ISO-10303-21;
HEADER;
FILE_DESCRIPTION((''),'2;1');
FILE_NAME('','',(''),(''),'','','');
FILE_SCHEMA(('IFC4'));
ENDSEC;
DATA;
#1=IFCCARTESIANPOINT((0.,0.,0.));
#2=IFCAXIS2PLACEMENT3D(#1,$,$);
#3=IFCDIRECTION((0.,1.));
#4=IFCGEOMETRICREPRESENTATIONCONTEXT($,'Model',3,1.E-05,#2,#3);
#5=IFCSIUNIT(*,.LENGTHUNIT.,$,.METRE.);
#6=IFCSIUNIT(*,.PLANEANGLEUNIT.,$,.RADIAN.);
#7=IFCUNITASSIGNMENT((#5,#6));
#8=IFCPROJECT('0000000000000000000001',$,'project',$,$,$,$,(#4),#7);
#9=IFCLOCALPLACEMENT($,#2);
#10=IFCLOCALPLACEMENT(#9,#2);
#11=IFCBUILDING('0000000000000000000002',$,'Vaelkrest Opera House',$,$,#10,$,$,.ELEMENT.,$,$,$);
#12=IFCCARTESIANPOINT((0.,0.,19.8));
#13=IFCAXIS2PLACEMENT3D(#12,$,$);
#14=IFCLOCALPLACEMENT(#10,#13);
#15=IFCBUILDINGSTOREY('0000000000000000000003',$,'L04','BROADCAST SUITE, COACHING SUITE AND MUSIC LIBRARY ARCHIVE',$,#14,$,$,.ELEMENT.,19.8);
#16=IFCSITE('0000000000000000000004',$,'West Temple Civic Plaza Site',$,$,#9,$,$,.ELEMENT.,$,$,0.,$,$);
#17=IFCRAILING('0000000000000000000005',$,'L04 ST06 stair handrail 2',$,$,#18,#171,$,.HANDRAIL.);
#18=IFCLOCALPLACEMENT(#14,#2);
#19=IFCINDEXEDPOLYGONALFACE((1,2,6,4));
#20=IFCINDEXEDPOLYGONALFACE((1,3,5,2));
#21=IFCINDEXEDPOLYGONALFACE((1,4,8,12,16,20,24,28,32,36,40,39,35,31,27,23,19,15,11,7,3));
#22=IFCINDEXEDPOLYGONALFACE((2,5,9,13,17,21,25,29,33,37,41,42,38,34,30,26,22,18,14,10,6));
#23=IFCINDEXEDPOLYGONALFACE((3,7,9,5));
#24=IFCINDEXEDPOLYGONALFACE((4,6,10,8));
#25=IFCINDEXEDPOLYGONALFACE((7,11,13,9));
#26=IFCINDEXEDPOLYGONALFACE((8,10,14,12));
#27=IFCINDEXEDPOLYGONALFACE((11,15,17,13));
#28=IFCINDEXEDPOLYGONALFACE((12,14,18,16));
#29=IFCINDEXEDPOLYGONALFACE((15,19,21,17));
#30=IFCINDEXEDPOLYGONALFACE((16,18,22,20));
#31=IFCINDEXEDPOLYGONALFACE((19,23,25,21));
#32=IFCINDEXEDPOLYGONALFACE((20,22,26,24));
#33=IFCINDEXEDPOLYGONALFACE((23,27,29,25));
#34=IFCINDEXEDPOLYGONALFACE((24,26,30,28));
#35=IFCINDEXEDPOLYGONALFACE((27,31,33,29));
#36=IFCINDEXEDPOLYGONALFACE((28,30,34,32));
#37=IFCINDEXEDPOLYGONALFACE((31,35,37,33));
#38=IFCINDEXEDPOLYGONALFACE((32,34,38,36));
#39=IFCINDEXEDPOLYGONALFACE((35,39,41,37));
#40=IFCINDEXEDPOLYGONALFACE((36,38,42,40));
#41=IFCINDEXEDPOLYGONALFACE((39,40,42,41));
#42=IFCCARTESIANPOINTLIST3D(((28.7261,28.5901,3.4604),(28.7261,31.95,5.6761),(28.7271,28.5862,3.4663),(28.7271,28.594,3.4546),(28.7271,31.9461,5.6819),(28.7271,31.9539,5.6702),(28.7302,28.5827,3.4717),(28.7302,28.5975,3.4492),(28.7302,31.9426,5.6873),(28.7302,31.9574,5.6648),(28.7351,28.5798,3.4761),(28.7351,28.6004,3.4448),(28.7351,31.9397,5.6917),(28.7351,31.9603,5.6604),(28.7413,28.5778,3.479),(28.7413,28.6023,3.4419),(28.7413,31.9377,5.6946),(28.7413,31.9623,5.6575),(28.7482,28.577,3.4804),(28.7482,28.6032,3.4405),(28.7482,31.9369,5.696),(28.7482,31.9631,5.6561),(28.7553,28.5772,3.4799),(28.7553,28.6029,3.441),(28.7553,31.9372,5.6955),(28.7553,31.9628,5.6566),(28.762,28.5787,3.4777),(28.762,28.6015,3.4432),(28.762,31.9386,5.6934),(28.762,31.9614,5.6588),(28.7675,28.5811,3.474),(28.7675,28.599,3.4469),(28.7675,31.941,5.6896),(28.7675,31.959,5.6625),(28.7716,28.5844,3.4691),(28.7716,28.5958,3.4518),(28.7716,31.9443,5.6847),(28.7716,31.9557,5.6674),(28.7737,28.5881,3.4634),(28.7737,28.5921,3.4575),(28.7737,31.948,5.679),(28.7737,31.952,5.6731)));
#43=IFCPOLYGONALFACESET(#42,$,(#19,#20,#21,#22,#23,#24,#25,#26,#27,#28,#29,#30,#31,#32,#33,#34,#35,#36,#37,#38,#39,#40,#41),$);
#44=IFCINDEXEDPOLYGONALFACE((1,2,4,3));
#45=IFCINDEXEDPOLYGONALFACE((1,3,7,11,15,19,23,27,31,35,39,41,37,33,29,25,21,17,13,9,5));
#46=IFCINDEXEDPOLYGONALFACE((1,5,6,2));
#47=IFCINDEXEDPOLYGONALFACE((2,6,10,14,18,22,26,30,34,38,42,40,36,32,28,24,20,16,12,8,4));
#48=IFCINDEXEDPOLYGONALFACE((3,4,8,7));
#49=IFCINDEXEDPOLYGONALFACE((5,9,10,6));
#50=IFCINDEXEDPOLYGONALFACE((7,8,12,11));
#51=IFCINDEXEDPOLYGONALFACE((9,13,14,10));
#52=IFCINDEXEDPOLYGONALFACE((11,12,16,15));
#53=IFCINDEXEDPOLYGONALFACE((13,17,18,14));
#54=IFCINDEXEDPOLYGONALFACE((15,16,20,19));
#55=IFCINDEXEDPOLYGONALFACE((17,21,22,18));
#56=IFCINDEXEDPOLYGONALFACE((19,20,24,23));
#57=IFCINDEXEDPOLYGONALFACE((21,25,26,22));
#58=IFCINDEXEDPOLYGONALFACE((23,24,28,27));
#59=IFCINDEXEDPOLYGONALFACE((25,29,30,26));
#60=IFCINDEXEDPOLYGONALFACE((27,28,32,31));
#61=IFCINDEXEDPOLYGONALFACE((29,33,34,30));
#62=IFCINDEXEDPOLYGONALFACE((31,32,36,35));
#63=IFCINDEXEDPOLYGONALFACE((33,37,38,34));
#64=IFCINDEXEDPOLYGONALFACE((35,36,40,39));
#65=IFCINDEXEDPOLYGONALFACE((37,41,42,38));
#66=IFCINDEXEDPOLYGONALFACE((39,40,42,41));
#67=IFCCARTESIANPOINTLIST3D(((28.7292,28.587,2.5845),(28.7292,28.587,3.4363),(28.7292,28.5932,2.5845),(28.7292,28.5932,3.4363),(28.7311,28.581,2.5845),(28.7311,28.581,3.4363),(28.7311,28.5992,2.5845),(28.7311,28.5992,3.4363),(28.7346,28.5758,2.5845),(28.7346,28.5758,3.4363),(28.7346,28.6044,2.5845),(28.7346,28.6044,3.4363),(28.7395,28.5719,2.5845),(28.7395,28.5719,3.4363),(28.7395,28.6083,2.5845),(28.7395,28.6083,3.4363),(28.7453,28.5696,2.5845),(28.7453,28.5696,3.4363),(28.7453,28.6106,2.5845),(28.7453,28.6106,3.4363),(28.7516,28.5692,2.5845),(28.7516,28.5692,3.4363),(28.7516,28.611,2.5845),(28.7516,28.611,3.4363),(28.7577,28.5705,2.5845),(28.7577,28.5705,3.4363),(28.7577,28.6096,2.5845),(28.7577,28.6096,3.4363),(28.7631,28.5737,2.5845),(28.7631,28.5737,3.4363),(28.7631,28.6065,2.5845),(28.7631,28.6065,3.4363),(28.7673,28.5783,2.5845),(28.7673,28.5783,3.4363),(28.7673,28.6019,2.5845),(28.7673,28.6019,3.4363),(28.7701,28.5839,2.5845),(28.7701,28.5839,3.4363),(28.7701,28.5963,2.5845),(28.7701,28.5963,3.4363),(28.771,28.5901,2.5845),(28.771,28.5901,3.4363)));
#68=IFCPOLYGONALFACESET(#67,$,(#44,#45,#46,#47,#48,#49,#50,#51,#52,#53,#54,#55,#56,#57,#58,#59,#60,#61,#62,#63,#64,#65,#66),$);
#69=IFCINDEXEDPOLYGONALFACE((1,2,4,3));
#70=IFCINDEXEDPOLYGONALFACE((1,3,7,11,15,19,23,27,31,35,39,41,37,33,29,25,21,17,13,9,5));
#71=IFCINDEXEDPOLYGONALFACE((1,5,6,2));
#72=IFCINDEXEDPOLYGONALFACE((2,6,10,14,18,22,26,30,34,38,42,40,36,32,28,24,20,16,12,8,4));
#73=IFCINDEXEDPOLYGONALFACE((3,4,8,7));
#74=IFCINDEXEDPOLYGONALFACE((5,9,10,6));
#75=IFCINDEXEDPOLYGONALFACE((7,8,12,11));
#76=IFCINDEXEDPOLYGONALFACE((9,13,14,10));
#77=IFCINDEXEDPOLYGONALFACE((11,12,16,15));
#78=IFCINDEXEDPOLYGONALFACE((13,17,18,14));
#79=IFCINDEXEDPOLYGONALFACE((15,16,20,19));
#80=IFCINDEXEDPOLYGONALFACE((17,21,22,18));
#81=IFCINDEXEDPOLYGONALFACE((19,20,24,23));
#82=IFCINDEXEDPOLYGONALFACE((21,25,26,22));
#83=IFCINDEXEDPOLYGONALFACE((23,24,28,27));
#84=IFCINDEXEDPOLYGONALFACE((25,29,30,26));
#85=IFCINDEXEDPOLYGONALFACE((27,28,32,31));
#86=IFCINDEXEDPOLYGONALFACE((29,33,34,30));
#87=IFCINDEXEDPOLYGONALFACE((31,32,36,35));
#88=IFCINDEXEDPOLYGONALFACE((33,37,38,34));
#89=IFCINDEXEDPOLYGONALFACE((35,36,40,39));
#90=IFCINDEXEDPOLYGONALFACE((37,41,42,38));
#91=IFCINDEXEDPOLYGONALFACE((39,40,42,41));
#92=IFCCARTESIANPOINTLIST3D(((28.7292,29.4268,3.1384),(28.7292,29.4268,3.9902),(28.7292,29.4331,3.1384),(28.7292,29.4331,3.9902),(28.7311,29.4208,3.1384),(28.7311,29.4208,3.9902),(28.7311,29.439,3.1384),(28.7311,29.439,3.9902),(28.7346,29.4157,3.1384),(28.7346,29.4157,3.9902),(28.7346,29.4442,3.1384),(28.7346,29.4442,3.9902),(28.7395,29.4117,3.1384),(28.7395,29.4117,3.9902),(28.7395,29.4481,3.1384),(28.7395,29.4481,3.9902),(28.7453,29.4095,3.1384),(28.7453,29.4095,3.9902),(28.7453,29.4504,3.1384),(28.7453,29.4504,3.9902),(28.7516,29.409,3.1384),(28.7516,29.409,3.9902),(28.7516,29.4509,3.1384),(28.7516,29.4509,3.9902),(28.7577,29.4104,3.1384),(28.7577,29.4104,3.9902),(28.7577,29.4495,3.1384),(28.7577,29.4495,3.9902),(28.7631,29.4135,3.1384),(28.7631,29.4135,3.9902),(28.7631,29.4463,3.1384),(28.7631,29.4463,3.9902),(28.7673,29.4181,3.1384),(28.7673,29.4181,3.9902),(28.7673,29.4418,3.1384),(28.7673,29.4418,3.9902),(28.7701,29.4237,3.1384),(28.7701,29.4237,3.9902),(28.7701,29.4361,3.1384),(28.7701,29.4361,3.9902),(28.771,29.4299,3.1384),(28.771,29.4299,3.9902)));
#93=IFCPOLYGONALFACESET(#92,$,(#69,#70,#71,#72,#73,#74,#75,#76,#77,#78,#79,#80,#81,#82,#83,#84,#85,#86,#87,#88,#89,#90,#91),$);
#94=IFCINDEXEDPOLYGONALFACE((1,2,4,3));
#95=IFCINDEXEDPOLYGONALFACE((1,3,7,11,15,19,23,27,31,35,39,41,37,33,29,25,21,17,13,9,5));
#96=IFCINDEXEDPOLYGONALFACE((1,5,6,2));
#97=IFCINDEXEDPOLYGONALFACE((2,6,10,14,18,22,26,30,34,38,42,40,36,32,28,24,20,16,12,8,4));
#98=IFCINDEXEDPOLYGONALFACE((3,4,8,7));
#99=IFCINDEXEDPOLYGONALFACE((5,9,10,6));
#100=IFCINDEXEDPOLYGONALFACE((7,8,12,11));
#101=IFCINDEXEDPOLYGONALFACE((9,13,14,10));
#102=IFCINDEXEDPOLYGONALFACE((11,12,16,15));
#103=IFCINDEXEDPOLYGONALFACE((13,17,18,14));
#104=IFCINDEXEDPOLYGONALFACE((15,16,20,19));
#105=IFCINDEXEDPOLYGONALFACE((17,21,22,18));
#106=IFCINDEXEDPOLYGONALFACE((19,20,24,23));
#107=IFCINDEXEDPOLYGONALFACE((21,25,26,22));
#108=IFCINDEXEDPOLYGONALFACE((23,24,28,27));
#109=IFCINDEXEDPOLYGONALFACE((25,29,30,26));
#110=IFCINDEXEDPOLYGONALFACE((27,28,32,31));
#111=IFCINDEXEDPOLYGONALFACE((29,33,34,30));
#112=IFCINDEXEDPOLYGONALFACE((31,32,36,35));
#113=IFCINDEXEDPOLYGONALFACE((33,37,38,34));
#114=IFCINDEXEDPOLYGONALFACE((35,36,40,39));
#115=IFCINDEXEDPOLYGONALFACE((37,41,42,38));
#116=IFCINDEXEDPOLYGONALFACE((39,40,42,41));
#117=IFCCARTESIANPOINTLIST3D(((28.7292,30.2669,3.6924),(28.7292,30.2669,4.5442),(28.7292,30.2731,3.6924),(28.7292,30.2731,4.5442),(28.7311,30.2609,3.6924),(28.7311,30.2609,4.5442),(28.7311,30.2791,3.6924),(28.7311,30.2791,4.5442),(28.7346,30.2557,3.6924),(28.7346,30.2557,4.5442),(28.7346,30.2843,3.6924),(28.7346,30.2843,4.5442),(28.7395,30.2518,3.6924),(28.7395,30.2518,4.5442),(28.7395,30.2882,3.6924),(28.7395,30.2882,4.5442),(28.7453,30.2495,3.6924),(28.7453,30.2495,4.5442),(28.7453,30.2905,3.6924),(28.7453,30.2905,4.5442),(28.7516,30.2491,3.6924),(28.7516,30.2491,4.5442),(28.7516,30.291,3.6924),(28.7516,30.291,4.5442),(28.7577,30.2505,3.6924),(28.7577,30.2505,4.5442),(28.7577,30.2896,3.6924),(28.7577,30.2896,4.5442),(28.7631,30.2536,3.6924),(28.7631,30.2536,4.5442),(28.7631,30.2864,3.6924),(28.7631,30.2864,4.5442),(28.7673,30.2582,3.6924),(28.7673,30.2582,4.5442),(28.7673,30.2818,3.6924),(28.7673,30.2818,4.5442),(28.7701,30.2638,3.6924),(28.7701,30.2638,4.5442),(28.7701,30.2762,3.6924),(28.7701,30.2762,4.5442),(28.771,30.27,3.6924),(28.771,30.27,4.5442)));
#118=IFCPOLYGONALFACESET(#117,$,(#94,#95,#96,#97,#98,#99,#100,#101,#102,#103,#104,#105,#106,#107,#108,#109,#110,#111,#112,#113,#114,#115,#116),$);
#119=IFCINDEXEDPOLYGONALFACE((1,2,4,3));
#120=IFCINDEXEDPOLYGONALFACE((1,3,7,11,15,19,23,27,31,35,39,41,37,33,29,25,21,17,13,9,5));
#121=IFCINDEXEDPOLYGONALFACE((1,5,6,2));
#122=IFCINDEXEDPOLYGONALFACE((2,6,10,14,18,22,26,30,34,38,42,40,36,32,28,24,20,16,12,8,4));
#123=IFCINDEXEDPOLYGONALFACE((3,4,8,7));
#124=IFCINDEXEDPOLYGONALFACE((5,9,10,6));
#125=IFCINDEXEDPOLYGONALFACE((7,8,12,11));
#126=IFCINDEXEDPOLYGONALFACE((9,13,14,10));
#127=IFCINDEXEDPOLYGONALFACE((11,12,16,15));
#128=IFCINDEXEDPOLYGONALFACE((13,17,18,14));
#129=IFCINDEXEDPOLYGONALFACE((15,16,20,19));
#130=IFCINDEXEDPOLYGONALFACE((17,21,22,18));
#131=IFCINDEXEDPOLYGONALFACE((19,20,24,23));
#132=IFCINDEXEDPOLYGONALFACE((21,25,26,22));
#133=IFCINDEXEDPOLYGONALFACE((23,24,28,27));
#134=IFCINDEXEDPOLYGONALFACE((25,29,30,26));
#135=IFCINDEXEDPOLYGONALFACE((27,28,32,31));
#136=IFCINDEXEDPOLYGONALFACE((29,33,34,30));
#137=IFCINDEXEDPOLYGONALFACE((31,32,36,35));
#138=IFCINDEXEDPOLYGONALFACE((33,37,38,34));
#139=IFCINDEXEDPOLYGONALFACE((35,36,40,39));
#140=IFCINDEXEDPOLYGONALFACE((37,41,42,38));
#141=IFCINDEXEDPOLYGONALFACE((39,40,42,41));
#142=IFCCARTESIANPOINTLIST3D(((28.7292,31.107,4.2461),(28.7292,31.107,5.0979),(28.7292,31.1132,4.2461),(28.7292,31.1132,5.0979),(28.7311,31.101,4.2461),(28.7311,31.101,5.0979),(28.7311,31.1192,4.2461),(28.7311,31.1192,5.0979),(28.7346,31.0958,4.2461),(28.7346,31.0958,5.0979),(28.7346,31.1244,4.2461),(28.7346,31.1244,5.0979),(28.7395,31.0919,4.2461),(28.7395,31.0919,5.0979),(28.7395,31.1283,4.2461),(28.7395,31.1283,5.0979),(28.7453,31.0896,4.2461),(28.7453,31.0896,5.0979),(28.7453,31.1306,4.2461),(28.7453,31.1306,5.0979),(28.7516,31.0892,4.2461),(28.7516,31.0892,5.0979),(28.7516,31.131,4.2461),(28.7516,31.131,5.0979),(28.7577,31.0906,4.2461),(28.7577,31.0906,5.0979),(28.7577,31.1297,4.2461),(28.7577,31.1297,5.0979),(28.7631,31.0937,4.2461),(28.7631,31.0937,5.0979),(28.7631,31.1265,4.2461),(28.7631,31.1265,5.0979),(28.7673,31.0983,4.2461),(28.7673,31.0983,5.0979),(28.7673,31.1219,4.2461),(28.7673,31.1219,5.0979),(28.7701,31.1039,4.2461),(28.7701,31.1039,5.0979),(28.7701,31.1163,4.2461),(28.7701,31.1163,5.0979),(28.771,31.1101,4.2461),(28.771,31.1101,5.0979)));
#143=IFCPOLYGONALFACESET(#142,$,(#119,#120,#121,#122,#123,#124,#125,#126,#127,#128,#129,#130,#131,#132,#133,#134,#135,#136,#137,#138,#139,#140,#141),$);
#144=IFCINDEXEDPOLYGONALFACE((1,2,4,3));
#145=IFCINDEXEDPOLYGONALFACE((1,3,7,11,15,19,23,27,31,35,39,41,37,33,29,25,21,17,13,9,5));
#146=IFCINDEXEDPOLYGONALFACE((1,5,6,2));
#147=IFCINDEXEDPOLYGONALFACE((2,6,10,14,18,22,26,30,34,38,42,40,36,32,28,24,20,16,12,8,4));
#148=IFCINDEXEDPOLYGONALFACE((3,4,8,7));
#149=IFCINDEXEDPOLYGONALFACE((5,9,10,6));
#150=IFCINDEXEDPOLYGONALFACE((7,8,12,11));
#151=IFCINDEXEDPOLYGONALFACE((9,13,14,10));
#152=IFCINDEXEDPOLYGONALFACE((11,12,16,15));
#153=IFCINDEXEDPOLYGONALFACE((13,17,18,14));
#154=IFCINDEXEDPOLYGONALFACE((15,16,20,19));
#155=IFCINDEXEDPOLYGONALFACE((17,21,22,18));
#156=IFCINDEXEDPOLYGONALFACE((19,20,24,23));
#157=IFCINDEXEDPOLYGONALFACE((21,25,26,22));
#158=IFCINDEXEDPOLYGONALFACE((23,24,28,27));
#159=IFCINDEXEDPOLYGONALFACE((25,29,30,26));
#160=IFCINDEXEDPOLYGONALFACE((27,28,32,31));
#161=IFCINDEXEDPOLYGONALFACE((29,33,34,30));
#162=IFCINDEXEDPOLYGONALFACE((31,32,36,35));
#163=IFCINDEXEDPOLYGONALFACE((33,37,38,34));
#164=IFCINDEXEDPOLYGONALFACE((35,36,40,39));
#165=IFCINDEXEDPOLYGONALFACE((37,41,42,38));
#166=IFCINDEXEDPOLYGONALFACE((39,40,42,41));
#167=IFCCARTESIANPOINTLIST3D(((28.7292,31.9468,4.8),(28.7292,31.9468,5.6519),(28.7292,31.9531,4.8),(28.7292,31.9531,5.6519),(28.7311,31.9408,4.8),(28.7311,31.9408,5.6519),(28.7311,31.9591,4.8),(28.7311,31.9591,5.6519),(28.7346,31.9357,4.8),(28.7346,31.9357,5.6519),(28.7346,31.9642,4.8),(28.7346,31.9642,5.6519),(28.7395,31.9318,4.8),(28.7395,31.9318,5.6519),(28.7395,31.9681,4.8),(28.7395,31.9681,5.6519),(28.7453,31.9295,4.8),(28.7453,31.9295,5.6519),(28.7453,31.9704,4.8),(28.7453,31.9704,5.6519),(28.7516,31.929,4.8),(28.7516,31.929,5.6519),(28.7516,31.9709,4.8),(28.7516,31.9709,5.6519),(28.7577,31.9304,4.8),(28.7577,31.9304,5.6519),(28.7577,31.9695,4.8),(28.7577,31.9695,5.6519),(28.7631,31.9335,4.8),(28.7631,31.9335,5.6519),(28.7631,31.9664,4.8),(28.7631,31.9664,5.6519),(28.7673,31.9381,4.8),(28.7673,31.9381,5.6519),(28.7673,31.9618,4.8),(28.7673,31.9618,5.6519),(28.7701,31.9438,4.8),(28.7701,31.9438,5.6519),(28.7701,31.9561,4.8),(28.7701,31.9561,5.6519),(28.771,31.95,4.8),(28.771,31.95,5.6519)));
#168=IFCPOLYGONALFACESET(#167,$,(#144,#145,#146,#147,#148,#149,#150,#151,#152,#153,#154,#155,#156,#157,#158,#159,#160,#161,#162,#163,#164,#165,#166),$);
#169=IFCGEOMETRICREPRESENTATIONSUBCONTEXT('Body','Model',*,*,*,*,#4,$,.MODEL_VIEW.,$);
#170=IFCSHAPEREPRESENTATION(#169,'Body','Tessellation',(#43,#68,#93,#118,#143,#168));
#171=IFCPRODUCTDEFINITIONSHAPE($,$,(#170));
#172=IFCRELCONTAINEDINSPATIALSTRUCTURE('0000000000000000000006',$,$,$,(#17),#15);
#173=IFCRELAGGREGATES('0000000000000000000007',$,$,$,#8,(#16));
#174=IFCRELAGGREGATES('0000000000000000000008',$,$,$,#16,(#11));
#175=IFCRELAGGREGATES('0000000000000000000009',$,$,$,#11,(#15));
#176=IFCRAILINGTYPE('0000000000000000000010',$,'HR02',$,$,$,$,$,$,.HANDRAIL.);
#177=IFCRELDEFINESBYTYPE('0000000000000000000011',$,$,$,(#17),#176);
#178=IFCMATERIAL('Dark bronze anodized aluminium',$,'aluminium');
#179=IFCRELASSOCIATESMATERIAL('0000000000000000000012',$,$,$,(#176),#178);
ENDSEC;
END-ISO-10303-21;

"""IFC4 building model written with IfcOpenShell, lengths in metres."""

from ifc_helpers import new_model, si_unit, direction, frame, origin, origin_2d, place, context, subcontext, project, spatial, circle, extrude, material, type_object, element, save


model = new_model("IFC4")

# Units and contexts
model_context = context("Model", 3, precision=1e-05, world=origin(), true_north=direction((0.0, 1.0)))
body_context = subcontext(model_context, "Body", "Model", "MODEL_VIEW")
ifc_project = project(units=[si_unit("LENGTHUNIT", "METRE"), si_unit("PLANEANGLEUNIT", "RADIAN")], contexts=[model_context])

# Site, building, storey
site_placement = place(None, origin())
site = spatial("IfcSite", under=ifc_project, at=site_placement, Name="West Temple Civic Plaza Site", CompositionType="ELEMENT", RefElevation=0.0)
building_placement = place(site_placement, origin())
building = spatial("IfcBuilding", under=site, at=building_placement, Name="Vaelkrest Opera House", CompositionType="ELEMENT")
storey_placement = place(building_placement, frame((0.0, 0.0, 19.8)))
storey = spatial("IfcBuildingStorey", under=building, at=storey_placement, Name="L04", Description="BROADCAST SUITE, COACHING SUITE AND MUSIC LIBRARY ARCHIVE", CompositionType="ELEMENT", Elevation=19.8)

# Railing
ifc_material_1 = material(Name="Dark bronze anodized aluminium", Category="aluminium")
railing_type_1 = type_object("IfcRailingType", Name="HR02", PredefinedType="HANDRAIL", material=ifc_material_1)
railing_1_placement = place(storey_placement, frame((28.75, 28.5901, 2.5845)))
element("IfcRailing", 1, at=railing_1_placement, inside=storey, type_object=railing_type_1, Name="L04 ST06 stair handrail 2", PredefinedType="HANDRAIL", context=body_context, shape_type="SweptSolid", body=[
    extrude(circle(Radius=0.0239, at=origin_2d()), frame((0.0, 0.0, 0.876), z_axis=(0.0, 0.83483, 0.550508), x_axis=(-1.0, 0.0, 0.0)), (0.0, 0.0, 1.0), 4.0247),
    extrude(circle(Radius=0.021, at=origin_2d()), origin(), (0.0, 0.0, 1.0), 0.8518),
    extrude(circle(Radius=0.021, at=origin_2d()), frame((0.0, 0.8398, 0.554)), (0.0, 0.0, 1.0), 0.8518),
    extrude(circle(Radius=0.021, at=origin_2d()), frame((0.0, 1.6799, 1.1079)), (0.0, 0.0, 1.0), 0.8518),
    extrude(circle(Radius=0.021, at=origin_2d()), frame((0.0, 2.52, 1.6616)), (0.0, 0.0, 1.0), 0.8518),
    extrude(circle(Radius=0.021, at=origin_2d()), frame((0.0, 3.3599, 2.2156)), (0.0, 0.0, 1.0), 0.8518),
])

save(model, "model.ifc")
